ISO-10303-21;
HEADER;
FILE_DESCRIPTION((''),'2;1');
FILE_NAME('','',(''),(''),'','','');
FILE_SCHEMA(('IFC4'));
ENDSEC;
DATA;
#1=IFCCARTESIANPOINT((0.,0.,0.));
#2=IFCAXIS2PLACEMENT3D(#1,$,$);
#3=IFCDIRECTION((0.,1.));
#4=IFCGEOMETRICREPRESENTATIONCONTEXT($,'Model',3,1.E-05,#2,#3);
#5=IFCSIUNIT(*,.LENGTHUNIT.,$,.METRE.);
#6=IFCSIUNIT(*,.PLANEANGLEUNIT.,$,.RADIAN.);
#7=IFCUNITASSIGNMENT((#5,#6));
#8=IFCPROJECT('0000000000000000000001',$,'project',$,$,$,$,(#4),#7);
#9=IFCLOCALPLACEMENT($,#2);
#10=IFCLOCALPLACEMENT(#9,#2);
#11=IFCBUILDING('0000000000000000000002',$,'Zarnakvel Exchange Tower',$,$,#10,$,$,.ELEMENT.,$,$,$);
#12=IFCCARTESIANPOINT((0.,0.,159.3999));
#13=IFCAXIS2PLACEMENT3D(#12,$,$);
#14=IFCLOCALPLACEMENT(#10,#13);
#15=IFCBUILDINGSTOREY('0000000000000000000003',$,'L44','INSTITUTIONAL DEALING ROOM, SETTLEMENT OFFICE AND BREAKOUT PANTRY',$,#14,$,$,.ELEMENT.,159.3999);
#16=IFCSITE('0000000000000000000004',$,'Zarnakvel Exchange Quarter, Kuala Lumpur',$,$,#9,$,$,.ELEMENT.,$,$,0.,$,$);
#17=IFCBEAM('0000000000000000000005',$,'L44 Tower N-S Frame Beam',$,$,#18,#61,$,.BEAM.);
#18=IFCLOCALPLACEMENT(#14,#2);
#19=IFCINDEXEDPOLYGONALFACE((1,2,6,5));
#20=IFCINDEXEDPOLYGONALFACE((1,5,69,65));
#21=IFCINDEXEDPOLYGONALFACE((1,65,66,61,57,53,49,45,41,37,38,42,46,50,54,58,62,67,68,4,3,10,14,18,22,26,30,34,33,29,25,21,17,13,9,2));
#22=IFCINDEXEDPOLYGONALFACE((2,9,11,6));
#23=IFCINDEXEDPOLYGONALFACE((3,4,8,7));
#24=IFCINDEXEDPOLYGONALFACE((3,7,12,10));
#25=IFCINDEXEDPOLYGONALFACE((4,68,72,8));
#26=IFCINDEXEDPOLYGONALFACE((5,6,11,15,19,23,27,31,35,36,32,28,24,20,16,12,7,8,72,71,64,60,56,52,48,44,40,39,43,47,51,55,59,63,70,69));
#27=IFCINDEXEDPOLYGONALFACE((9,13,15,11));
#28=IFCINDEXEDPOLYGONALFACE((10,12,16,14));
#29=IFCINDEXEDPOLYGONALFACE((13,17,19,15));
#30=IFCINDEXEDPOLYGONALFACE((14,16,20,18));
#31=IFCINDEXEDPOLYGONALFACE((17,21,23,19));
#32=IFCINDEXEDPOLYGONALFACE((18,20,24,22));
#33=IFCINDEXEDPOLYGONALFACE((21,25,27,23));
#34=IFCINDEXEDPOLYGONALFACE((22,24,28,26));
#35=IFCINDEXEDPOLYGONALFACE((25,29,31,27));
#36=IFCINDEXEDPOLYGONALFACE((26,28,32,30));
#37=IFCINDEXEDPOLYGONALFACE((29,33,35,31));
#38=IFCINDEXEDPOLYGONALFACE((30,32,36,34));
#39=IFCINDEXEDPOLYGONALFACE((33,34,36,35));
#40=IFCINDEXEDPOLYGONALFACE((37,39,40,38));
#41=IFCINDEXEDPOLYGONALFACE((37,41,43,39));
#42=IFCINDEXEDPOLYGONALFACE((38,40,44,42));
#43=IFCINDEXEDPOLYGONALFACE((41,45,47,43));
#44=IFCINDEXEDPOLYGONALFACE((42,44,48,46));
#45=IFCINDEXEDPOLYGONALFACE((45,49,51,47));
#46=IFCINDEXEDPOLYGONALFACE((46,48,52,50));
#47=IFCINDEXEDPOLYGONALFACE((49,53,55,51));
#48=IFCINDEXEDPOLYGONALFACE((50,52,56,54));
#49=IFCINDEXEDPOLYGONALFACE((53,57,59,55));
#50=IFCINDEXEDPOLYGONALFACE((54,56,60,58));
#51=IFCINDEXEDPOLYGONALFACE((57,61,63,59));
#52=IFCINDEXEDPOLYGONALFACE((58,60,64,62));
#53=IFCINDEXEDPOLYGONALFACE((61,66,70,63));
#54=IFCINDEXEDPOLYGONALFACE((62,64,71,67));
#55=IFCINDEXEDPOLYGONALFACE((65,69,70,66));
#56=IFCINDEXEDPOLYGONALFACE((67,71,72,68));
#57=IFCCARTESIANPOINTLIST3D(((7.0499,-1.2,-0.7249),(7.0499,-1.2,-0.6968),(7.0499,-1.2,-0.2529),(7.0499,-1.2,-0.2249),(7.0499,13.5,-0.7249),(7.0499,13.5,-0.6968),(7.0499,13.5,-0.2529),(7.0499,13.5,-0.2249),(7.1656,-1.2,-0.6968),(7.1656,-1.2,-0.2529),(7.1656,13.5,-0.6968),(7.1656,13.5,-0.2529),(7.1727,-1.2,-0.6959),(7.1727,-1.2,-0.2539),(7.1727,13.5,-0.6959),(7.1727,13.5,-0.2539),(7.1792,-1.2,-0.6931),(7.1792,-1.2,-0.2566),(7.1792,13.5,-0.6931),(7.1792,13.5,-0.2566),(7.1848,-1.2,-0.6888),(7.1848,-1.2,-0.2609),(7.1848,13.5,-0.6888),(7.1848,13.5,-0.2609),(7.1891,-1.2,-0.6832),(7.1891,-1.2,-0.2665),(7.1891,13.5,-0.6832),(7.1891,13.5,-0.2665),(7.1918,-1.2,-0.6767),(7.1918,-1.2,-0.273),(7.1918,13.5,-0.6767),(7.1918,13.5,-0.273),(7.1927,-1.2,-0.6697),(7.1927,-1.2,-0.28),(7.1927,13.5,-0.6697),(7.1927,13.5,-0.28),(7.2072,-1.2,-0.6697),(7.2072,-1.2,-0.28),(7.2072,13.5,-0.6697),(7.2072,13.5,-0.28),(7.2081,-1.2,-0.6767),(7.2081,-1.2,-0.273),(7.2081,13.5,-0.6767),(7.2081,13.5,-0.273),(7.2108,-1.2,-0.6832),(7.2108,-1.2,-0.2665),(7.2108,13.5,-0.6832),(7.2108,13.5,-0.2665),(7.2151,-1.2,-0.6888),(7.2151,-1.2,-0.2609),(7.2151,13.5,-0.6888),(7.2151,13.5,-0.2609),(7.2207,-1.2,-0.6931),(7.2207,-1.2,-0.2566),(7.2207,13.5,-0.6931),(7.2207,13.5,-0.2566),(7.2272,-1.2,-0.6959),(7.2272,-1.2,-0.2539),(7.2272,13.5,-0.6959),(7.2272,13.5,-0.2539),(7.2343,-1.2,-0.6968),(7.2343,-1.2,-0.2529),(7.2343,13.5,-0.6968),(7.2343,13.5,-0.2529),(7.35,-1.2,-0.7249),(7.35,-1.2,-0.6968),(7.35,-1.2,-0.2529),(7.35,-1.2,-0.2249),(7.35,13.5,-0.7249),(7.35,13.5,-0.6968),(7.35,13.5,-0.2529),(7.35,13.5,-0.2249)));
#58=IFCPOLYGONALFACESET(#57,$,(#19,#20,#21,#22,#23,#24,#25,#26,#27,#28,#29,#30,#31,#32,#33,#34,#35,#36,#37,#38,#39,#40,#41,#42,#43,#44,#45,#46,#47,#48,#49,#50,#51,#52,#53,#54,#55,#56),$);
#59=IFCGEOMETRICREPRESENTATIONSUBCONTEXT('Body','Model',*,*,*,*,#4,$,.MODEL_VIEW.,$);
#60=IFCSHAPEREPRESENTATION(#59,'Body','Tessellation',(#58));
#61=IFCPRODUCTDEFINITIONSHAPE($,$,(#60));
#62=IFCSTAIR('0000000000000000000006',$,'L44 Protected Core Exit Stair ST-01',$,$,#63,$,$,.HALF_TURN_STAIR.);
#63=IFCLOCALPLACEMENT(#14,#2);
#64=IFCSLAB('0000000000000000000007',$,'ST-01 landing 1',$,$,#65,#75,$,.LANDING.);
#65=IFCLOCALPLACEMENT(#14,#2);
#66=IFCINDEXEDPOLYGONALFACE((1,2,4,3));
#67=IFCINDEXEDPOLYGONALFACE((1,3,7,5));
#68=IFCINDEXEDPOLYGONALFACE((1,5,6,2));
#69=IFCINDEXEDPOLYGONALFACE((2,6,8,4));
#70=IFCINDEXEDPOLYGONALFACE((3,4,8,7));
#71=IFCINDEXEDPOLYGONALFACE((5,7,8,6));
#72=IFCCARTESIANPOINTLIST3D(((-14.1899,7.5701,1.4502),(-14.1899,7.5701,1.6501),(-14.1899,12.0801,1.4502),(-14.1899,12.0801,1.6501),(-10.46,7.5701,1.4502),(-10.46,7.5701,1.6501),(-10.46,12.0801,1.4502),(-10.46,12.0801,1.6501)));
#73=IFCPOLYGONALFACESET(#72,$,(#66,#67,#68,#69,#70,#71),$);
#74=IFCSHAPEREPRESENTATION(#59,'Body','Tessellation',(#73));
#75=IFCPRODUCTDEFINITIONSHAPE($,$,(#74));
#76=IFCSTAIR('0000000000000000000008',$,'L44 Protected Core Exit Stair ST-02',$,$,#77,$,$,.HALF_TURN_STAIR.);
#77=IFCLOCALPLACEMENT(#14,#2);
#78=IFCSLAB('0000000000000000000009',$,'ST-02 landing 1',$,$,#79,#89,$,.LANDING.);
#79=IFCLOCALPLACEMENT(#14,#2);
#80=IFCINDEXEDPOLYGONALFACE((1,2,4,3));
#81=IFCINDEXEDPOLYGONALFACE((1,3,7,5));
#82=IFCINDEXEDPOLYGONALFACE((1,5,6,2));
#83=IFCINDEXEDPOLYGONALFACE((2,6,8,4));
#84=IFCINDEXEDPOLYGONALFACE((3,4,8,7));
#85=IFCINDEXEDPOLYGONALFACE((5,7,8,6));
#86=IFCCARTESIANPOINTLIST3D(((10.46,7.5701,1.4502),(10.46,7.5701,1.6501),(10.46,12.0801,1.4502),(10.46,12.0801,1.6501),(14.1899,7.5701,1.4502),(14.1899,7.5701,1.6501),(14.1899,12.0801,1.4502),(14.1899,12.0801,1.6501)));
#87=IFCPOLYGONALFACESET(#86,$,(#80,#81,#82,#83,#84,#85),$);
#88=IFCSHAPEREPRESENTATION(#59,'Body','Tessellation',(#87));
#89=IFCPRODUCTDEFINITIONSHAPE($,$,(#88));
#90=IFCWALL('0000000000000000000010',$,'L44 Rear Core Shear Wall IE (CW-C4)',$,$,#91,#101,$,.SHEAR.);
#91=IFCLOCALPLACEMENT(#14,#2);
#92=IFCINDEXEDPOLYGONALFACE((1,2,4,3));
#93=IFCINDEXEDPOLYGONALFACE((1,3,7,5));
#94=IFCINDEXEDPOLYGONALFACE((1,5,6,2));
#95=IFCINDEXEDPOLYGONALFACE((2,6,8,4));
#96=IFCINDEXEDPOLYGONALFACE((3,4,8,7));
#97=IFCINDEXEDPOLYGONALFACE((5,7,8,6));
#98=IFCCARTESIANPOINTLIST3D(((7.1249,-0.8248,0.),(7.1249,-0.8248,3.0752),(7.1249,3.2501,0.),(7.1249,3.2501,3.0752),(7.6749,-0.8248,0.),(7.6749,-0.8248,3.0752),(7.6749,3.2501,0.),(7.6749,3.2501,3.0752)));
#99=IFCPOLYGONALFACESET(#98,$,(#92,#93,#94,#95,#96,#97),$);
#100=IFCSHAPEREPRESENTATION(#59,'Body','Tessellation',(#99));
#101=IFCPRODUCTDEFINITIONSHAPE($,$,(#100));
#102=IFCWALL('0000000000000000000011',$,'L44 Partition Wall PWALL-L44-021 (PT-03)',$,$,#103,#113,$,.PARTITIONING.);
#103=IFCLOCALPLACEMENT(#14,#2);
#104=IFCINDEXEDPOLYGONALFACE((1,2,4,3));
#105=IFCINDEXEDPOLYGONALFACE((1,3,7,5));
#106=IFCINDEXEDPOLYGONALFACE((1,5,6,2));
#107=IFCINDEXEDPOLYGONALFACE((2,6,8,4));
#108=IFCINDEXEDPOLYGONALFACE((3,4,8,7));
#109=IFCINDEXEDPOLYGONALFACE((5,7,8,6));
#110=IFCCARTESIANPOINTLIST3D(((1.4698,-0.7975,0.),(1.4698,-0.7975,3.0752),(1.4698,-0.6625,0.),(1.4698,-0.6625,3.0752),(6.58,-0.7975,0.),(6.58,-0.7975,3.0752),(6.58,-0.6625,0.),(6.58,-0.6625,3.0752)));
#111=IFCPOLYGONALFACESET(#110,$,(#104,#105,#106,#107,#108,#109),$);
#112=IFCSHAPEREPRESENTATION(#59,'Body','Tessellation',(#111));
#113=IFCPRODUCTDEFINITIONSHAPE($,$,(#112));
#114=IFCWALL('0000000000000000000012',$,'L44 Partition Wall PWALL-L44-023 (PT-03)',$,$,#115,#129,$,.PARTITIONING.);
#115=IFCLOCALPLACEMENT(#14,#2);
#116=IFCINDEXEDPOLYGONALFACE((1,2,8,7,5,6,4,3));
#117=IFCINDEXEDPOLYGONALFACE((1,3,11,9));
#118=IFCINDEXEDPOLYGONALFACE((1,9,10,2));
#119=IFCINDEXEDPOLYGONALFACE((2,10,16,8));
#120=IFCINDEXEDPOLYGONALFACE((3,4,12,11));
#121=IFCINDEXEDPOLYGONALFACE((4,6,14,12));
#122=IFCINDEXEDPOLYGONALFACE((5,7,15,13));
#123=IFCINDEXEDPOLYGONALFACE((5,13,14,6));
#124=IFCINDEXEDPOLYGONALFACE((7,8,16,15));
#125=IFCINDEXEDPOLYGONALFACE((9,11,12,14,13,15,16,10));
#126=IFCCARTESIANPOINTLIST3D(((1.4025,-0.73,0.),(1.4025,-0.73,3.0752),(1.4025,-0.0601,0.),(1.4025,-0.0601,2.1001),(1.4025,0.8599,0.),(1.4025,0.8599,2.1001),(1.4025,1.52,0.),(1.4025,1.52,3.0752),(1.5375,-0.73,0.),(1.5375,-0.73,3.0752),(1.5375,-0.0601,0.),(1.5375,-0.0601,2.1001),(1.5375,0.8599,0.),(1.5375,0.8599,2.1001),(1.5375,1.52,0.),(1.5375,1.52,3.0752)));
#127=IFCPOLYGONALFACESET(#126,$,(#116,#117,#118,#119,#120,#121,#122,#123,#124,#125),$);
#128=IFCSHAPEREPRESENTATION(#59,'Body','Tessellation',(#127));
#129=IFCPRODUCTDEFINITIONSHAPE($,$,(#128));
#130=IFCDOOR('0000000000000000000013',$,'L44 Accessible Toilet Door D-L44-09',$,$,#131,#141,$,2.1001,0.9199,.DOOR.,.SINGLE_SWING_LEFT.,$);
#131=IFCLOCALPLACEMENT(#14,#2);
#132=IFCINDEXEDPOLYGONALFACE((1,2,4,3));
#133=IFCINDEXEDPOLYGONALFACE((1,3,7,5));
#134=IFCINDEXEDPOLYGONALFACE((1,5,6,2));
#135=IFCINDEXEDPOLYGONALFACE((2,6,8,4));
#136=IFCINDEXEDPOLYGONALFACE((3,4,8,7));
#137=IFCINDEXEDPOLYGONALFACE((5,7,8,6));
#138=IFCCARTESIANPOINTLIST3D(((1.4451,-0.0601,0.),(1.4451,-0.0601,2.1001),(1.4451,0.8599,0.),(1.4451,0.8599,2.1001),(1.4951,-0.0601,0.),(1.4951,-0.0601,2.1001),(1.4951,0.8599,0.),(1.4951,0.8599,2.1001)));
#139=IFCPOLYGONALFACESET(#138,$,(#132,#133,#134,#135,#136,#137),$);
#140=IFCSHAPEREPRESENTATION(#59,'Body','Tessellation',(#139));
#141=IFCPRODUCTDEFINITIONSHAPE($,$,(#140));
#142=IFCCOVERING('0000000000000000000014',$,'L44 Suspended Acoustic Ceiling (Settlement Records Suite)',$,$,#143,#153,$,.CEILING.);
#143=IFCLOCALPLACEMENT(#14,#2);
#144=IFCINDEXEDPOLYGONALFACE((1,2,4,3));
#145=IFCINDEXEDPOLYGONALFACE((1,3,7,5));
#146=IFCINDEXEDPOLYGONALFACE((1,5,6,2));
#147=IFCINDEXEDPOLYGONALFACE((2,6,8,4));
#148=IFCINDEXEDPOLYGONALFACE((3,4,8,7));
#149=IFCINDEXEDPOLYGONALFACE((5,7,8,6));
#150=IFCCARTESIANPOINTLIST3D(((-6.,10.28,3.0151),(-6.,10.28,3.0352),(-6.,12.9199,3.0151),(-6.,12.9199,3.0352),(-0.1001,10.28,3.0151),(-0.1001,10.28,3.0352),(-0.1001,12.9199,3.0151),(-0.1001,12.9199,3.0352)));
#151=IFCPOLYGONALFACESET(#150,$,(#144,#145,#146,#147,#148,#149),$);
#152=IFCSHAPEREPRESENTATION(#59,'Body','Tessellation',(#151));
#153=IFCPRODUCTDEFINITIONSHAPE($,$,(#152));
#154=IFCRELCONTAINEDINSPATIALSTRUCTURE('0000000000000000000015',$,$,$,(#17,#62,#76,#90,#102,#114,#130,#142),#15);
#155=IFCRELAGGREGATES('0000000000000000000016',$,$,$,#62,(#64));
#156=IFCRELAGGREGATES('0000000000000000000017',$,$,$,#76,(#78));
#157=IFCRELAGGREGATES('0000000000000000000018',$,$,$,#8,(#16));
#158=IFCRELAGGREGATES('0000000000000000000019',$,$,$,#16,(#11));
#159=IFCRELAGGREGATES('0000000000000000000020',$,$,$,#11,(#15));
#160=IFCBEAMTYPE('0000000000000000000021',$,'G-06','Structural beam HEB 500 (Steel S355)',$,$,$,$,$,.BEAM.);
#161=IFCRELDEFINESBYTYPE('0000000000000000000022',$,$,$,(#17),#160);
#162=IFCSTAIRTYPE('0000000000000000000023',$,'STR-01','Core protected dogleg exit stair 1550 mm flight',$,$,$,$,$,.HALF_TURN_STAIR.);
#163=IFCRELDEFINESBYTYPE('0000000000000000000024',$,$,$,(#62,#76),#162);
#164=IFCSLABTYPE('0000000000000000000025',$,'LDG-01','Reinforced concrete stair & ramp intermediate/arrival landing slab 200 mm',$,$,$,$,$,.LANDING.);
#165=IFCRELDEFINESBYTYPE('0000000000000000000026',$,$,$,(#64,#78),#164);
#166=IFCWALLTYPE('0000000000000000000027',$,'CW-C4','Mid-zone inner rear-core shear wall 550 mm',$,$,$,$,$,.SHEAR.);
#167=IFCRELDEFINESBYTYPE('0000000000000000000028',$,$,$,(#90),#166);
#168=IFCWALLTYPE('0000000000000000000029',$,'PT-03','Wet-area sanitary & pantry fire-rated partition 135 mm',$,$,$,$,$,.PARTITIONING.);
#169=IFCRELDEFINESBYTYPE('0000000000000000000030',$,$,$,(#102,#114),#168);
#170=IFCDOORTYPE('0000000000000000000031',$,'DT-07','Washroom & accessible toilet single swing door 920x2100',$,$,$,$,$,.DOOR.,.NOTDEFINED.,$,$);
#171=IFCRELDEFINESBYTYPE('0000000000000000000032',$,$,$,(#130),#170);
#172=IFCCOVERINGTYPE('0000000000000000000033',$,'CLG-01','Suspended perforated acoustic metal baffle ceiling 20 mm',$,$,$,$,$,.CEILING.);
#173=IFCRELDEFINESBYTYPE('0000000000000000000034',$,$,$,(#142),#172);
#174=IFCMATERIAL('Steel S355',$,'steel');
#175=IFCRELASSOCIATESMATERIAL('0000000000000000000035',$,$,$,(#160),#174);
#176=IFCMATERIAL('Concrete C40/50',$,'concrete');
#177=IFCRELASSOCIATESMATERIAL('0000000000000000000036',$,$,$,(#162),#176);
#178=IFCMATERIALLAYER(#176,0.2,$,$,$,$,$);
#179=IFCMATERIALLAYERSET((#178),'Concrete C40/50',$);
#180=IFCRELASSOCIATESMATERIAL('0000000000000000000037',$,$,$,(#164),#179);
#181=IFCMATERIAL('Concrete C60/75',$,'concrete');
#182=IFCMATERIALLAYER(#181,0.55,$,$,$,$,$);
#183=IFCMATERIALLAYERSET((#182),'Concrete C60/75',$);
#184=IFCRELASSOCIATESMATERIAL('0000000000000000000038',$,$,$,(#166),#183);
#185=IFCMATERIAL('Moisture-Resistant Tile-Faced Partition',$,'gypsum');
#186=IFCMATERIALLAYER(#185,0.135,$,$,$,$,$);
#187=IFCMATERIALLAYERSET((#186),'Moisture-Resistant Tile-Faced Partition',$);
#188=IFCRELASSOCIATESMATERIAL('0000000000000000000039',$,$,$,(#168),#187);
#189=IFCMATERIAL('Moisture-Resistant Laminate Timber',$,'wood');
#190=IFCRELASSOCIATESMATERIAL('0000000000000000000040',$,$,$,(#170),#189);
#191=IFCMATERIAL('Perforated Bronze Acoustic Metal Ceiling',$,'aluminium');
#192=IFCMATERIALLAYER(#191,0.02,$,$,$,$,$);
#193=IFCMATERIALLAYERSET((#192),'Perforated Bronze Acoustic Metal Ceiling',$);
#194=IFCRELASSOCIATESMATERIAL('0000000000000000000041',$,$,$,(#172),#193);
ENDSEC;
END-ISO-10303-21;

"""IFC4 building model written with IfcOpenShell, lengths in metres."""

from ifc_helpers import new_model, si_unit, direction, frame, frame_2d, origin, origin_2d, place, context, subcontext, project, spatial, polyline, rectangle, i_section, outline, extrude, source, transform, mapped, material, layer, layer_set, material_profile, profile_set, type_object, element, fill, aggregate, save


model = new_model("IFC4")

# Units and contexts
model_context = context("Model", 3, precision=1e-05, world=origin(), true_north=direction((0.0, 1.0)))
body_context = subcontext(model_context, "Body", "Model", "MODEL_VIEW")
ifc_project = project(units=[si_unit("LENGTHUNIT", "METRE"), si_unit("PLANEANGLEUNIT", "RADIAN")], contexts=[model_context])

# Site, building, storey
site_placement = place(None, origin())
site = spatial("IfcSite", under=ifc_project, at=site_placement, Name="Zarnakvel Exchange Quarter, Kuala Lumpur", CompositionType="ELEMENT", RefElevation=0.0)
building_placement = place(site_placement, origin())
building = spatial("IfcBuilding", under=site, at=building_placement, Name="Zarnakvel Exchange Tower", CompositionType="ELEMENT")
storey_placement = place(building_placement, frame((0.0, 0.0, 159.3999)))
storey = spatial("IfcBuildingStorey", under=building, at=storey_placement, Name="L44", Description="INSTITUTIONAL DEALING ROOM, SETTLEMENT OFFICE AND BREAKOUT PANTRY", CompositionType="ELEMENT", Elevation=159.3999)

# Shared definitions
ifc_material_1 = material(Name="Concrete C60/75", Category="concrete")

# Beam
ifc_material_2 = material(Name="Steel S355", Category="steel")
ifc_material_profile_1 = material_profile(ifc_material_2, i_section(OverallWidth=0.3, OverallDepth=0.5, WebThickness=0.0144, FlangeThickness=0.0281, FilletRadius=0.0271, at=origin_2d()))
ifc_profile_set_1 = profile_set([ifc_material_profile_1], Name="Steel S355")
beam_type_1 = type_object("IfcBeamType", Name="G-06", Description="Structural beam HEB 500 (Steel S355)", PredefinedType="BEAM", material=ifc_profile_set_1)
beam_1_placement = place(storey_placement, frame((7.2, -1.2, -0.4749), z_axis=(0.0, 1.0, 0.0), x_axis=(-1.0, 0.0, 0.0)))
element("IfcBeam", 1, at=beam_1_placement, inside=storey, type_object=beam_type_1, Name="L44 Tower N-S Frame Beam", PredefinedType="BEAM", context=body_context, shape_type="SweptSolid", body=[
    extrude(i_section(OverallWidth=0.3, OverallDepth=0.5, WebThickness=0.0144, FlangeThickness=0.0281, FilletRadius=0.0271, at=origin_2d()), origin(), (0.0, 0.0, 1.0), 14.7),
])

# Stairs, slabs
ifc_material_3 = material(Name="Concrete C40/50", Category="concrete")
stair_type = type_object("IfcStairType", Name="STR-01", Description="Core protected dogleg exit stair 1550 mm flight", PredefinedType="HALF_TURN_STAIR", material=ifc_material_3)
stair_1_placement = place(storey_placement, origin())
stair_1 = element("IfcStair", 2, at=stair_1_placement, inside=storey, type_object=stair_type, Name="L44 Protected Core Exit Stair ST-01", PredefinedType="HALF_TURN_STAIR")
ifc_layer_1 = layer(ifc_material_3, 0.2)
ifc_layer_set_1 = layer_set([ifc_layer_1], Name="Concrete C40/50")
slab_type = type_object("IfcSlabType", Name="LDG-01", Description="Reinforced concrete stair & ramp intermediate/arrival landing slab 200 mm", PredefinedType="LANDING", material=ifc_layer_set_1)
slab_1_placement = place(storey_placement, frame((0.0, 0.0, 1.4502)))
slab_1 = element("IfcSlab", 3, at=slab_1_placement, type_object=slab_type, Name="ST-01 landing 1", PredefinedType="LANDING", context=body_context, shape_type="SweptSolid", body=[
    extrude(outline(polyline([(-14.1899, 7.5701), (-10.46, 7.5701), (-10.46, 12.0801), (-14.1899, 12.0801), (-14.1899, 7.5701)])), origin(), (0.0, 0.0, 1.0), 0.2),
])
aggregate(stair_1, [slab_1])
stair_2_placement = place(storey_placement, origin())
stair_2 = element("IfcStair", 4, at=stair_2_placement, inside=storey, type_object=stair_type, Name="L44 Protected Core Exit Stair ST-02", PredefinedType="HALF_TURN_STAIR")
slab_2_placement = place(storey_placement, frame((0.0, 0.0, 1.4502)))
slab_2 = element("IfcSlab", 5, at=slab_2_placement, type_object=slab_type, Name="ST-02 landing 1", PredefinedType="LANDING", context=body_context, shape_type="SweptSolid", body=[
    extrude(outline(polyline([(10.46, 7.5701), (14.1899, 7.5701), (14.1899, 12.0801), (10.46, 12.0801), (10.46, 7.5701)])), origin(), (0.0, 0.0, 1.0), 0.2),
])
aggregate(stair_2, [slab_2])

# Walls
ifc_layer_2 = layer(ifc_material_1, 0.55)
ifc_layer_set_2 = layer_set([ifc_layer_2], Name="Concrete C60/75")
wall_type_1 = type_object("IfcWallType", Name="CW-C4", Description="Mid-zone inner rear-core shear wall 550 mm", PredefinedType="SHEAR", material=ifc_layer_set_2)
wall_1_placement = place(storey_placement, frame((7.3999, -0.825, 0.0), z_axis=(0.0, 0.0, 1.0), x_axis=(0.0, 1.0, 0.0)))
element("IfcWall", 6, at=wall_1_placement, inside=storey, type_object=wall_type_1, Name="L44 Rear Core Shear Wall IE (CW-C4)", PredefinedType="SHEAR", context=body_context, shape_type="SweptSolid", body=[
    extrude(rectangle(XDim=4.075, YDim=0.55, at=frame_2d((2.0376, 0.0))), origin(), (0.0, 0.0, 1.0), 3.0752),
])
ifc_material_4 = material(Name="Moisture-Resistant Tile-Faced Partition", Category="gypsum")
ifc_layer_3 = layer(ifc_material_4, 0.135)
ifc_layer_set_3 = layer_set([ifc_layer_3], Name="Moisture-Resistant Tile-Faced Partition")
wall_type_2 = type_object("IfcWallType", Name="PT-03", Description="Wet-area sanitary & pantry fire-rated partition 135 mm", PredefinedType="PARTITIONING", material=ifc_layer_set_3)
wall_2_placement = place(storey_placement, frame((6.5801, -0.73, 0.0), z_axis=(0.0, 0.0, 1.0), x_axis=(-1.0, 0.0, 0.0)))
element("IfcWall", 7, at=wall_2_placement, inside=storey, type_object=wall_type_2, Name="L44 Partition Wall PWALL-L44-021 (PT-03)", PredefinedType="PARTITIONING", context=body_context, shape_type="SweptSolid", body=[
    extrude(rectangle(XDim=5.1101, YDim=0.135, at=frame_2d((2.5552, 0.0))), origin(), (0.0, 0.0, 1.0), 3.0752),
])

# Wall, opening, door
wall_3_placement = place(storey_placement, frame((1.47, -0.73, 0.0), z_axis=(0.0, 0.0, 1.0), x_axis=(0.0, 1.0, 0.0)))
wall_3 = element("IfcWall", 8, at=wall_3_placement, inside=storey, type_object=wall_type_2, Name="L44 Partition Wall PWALL-L44-023 (PT-03)", PredefinedType="PARTITIONING", context=body_context, shape_type="SweptSolid", body=[
    extrude(rectangle(XDim=2.25, YDim=0.135, at=frame_2d((1.125, 0.0))), origin(), (0.0, 0.0, 1.0), 3.0752),
])
opening_placement = place(wall_3_placement, frame((0.6699, 0.0, 0.0)))
opening = element("IfcOpeningElement", 9, at=opening_placement, cuts=wall_3, PredefinedType="OPENING", context=body_context, shape_type="SweptSolid", body=[
    extrude(rectangle(XDim=0.9199, YDim=2.1001, at=frame_2d((0.46, 1.05))), frame((0.0, 0.0774, 0.0), z_axis=(0.0, -1.0, 0.0), x_axis=(1.0, 0.0, 0.0)), (0.0, 0.0, 1.0), 0.155),
])
ifc_material_5 = material(Name="Moisture-Resistant Laminate Timber", Category="wood")
door_type = type_object("IfcDoorType", Name="DT-07", Description="Washroom & accessible toilet single swing door 920x2100", OperationType="NOTDEFINED", PredefinedType="DOOR", material=ifc_material_5)
shared_shape = source(origin(), body_context, "Body", "SweptSolid", [
    extrude(rectangle(XDim=0.9199, YDim=2.1001, at=frame_2d((0.46, 1.05))), frame((0.0, 0.0249, 0.0), z_axis=(0.0, -1.0, 0.0), x_axis=(1.0, 0.0, 0.0)), (0.0, 0.0, 1.0), 0.05),
])
door_placement = place(opening_placement, origin())
door = element("IfcDoor", 10, at=door_placement, inside=storey, type_object=door_type, Name="L44 Accessible Toilet Door D-L44-09", OperationType="SINGLE_SWING_LEFT", OverallHeight=2.1001, OverallWidth=0.9199, PredefinedType="DOOR", context=body_context, shape_type="MappedRepresentation", body=[
    mapped(shared_shape, transform((0.0, 0.0, 0.0), x_axis=(1.0, 0.0, 0.0), y_axis=(0.0, 1.0, 0.0), z_axis=(0.0, 0.0, 1.0), scale=1.0)),
])
fill(opening, door)

# Covering
ifc_material_6 = material(Name="Perforated Bronze Acoustic Metal Ceiling", Category="aluminium")
ifc_layer_4 = layer(ifc_material_6, 0.02)
ifc_layer_set_4 = layer_set([ifc_layer_4], Name="Perforated Bronze Acoustic Metal Ceiling")
covering_type_1 = type_object("IfcCoveringType", Name="CLG-01", Description="Suspended perforated acoustic metal baffle ceiling 20 mm", PredefinedType="CEILING", material=ifc_layer_set_4)
covering_1_placement = place(storey_placement, frame((0.0, 0.0, 3.0151)))
element("IfcCovering", 11, at=covering_1_placement, inside=storey, type_object=covering_type_1, Name="L44 Suspended Acoustic Ceiling (Settlement Records Suite)", PredefinedType="CEILING", context=body_context, shape_type="SweptSolid", body=[
    extrude(outline(polyline([(-6.0, 12.9199), (-0.1001, 12.9199), (-0.1001, 10.28), (-6.0, 10.28), (-6.0, 12.9199)])), origin(), (0.0, 0.0, 1.0), 0.02),
])

save(model, "model.ifc")
